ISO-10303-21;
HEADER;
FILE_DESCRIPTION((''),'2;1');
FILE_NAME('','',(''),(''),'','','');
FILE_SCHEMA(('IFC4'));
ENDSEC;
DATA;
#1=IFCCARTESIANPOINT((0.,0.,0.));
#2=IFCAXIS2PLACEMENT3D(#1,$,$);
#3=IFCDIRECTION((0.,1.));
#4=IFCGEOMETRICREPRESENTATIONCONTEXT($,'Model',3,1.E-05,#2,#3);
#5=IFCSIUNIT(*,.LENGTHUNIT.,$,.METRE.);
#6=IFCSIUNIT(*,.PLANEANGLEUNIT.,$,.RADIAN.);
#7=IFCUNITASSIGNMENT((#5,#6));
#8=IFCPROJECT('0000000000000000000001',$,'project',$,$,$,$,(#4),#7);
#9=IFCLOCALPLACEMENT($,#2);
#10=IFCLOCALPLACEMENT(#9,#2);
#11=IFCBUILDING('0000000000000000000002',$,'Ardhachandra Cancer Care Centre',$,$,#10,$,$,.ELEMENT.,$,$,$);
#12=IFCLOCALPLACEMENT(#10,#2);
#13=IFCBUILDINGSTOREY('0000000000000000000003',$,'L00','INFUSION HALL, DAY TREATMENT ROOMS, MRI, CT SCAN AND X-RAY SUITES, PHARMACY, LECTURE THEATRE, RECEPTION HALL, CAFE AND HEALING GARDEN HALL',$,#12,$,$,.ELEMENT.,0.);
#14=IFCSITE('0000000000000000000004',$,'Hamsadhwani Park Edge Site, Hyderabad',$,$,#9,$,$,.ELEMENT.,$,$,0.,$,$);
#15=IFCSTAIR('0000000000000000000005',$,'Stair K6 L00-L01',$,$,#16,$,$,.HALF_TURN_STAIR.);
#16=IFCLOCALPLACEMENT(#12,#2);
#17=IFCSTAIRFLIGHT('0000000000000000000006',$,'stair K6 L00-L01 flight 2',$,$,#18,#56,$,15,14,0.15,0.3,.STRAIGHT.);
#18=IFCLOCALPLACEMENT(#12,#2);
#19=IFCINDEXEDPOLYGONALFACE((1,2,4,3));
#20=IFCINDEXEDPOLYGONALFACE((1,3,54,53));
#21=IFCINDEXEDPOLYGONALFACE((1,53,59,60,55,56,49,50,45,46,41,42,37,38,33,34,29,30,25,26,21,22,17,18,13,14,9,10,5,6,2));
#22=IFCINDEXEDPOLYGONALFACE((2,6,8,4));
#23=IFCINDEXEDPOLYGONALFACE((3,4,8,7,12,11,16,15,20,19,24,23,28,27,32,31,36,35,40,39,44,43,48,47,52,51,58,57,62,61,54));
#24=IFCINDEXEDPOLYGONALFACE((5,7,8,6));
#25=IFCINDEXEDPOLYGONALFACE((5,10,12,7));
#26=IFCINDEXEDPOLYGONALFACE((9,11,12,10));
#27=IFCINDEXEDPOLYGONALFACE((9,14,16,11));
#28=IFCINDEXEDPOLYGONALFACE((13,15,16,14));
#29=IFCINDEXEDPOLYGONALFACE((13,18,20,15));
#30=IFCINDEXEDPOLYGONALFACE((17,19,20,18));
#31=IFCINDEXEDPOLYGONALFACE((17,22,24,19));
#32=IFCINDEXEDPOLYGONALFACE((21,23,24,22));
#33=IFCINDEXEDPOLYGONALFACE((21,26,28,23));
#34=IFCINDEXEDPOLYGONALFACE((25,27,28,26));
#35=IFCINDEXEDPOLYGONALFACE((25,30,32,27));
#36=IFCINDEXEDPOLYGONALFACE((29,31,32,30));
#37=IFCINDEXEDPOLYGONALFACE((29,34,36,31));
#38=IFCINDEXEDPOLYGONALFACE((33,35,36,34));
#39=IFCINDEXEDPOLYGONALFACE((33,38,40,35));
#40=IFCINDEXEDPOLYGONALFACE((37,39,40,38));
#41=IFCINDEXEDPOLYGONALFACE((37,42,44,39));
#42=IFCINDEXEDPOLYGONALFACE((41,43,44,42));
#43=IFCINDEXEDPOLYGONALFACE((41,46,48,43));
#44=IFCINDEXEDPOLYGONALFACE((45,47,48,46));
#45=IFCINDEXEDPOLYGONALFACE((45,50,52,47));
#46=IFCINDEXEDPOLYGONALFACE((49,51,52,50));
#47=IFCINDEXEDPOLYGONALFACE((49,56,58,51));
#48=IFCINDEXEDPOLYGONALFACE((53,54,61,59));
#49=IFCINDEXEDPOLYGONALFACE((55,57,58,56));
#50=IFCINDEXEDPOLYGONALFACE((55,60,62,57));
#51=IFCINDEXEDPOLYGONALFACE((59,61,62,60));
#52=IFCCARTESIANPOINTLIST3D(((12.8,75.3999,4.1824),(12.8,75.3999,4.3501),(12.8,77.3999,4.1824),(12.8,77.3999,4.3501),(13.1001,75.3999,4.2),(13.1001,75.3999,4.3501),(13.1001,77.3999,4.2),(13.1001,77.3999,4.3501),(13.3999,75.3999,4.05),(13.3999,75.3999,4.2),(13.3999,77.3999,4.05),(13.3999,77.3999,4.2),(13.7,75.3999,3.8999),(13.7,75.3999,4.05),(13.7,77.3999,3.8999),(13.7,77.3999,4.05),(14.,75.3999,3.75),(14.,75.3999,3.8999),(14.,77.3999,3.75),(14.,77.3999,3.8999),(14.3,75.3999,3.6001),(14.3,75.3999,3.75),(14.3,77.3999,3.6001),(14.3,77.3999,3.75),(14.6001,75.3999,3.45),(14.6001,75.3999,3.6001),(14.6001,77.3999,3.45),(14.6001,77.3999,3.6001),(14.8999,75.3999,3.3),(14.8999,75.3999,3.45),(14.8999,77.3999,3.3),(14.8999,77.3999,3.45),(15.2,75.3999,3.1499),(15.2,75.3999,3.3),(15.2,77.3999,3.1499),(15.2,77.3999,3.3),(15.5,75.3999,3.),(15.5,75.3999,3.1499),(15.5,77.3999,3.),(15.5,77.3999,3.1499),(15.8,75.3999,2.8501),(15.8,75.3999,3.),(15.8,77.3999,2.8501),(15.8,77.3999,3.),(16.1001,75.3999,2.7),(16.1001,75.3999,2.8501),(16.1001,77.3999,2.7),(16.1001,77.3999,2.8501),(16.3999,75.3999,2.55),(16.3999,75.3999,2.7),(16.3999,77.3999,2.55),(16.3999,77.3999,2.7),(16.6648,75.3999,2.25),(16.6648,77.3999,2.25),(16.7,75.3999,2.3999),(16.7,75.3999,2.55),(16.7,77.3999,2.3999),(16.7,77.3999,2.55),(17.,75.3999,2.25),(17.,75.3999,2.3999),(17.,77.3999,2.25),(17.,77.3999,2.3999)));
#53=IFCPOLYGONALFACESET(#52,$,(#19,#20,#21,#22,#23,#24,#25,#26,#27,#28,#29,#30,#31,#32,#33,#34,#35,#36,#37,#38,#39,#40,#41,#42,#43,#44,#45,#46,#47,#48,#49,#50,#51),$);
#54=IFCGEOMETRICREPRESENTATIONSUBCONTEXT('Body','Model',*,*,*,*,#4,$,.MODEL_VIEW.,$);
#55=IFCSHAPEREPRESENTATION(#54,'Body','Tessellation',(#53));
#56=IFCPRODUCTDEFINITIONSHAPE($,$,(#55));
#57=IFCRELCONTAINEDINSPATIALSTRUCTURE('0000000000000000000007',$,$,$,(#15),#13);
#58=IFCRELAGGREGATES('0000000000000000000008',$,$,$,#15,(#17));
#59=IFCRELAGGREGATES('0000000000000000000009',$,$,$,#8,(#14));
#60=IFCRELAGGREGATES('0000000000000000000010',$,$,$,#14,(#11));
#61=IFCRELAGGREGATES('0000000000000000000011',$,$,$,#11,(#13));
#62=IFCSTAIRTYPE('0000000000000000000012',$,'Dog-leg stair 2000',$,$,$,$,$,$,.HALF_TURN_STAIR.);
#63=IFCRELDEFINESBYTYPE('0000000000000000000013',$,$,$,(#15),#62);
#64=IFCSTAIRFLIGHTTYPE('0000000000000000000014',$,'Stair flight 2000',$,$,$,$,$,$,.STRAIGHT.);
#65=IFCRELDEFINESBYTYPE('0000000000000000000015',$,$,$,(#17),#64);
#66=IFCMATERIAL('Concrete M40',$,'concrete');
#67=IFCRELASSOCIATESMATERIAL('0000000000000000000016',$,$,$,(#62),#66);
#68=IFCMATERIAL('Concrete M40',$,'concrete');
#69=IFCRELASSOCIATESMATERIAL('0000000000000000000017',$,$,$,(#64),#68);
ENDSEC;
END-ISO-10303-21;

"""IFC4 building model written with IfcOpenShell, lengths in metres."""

from ifc_helpers import new_model, si_unit, direction, frame, origin, place, context, subcontext, project, spatial, polyline, outline, extrude, material, type_object, element, aggregate, save


model = new_model("IFC4")

# Units and contexts
model_context = context("Model", 3, precision=1e-05, world=origin(), true_north=direction((0.0, 1.0)))
body_context = subcontext(model_context, "Body", "Model", "MODEL_VIEW")
ifc_project = project(units=[si_unit("LENGTHUNIT", "METRE"), si_unit("PLANEANGLEUNIT", "RADIAN")], contexts=[model_context])

# Site, building, storey
site_placement = place(None, origin())
site = spatial("IfcSite", under=ifc_project, at=site_placement, Name="Hamsadhwani Park Edge Site, Hyderabad", CompositionType="ELEMENT", RefElevation=0.0)
building_placement = place(site_placement, origin())
building = spatial("IfcBuilding", under=site, at=building_placement, Name="Ardhachandra Cancer Care Centre", CompositionType="ELEMENT")
storey_placement = place(building_placement, origin())
storey = spatial("IfcBuildingStorey", under=building, at=storey_placement, Name="L00", Description="INFUSION HALL, DAY TREATMENT ROOMS, MRI, CT SCAN AND X-RAY SUITES, PHARMACY, LECTURE THEATRE, RECEPTION HALL, CAFE AND HEALING GARDEN HALL", CompositionType="ELEMENT", Elevation=0.0)

# Stair, stair flight
ifc_material_1 = material(Name="Concrete M40", Category="concrete")
stair_type = type_object("IfcStairType", Name="Dog-leg stair 2000", PredefinedType="HALF_TURN_STAIR", material=ifc_material_1)
stair_placement = place(storey_placement, origin())
stair = element("IfcStair", 1, at=stair_placement, inside=storey, type_object=stair_type, Name="Stair K6 L00-L01", PredefinedType="HALF_TURN_STAIR")
ifc_material_2 = material(Name="Concrete M40", Category="concrete")
stair_flight_type = type_object("IfcStairFlightType", Name="Stair flight 2000", PredefinedType="STRAIGHT", material=ifc_material_2)
stair_flight_placement = place(storey_placement, frame((17.0, 76.3999, 2.25), z_axis=(0.0, 0.0, 1.0), x_axis=(-1.0, 0.0, 0.0)))
stair_flight = element("IfcStairFlight", 2, at=stair_flight_placement, type_object=stair_flight_type, Name="stair K6 L00-L01 flight 2", NumberOfRisers=15, NumberOfTreads=14, PredefinedType="STRAIGHT", RiserHeight=0.15, TreadLength=0.3, context=body_context, shape_type="SweptSolid", body=[
    extrude(outline(polyline([(0.0, 0.0), (0.0, 0.1499), (0.3, 0.1499), (0.3, 0.3), (0.6001, 0.3), (0.6001, 0.45), (0.8999, 0.45), (0.8999, 0.6001), (1.2, 0.6001), (1.2, 0.75), (1.5, 0.75), (1.5, 0.8999), (1.8, 0.8999), (1.8, 1.05), (2.1001, 1.05), (2.1001, 1.2), (2.3999, 1.2), (2.3999, 1.3501), (2.7, 1.3501), (2.7, 1.5), (3.0, 1.5), (3.0, 1.6499), (3.3, 1.6499), (3.3, 1.8), (3.6001, 1.8), (3.6001, 1.95), (3.8999, 1.95), (3.8999, 2.1001), (4.2, 2.1001), (4.2, 2.25), (4.2, 1.9324), (0.3352, 0.0), (0.0, 0.0)])), frame((0.0, 1.0, 0.0), z_axis=(0.0, -1.0, 0.0), x_axis=(1.0, 0.0, 0.0)), (0.0, 0.0, 1.0), 2.0),
])
aggregate(stair, [stair_flight])

save(model, "model.ifc")
